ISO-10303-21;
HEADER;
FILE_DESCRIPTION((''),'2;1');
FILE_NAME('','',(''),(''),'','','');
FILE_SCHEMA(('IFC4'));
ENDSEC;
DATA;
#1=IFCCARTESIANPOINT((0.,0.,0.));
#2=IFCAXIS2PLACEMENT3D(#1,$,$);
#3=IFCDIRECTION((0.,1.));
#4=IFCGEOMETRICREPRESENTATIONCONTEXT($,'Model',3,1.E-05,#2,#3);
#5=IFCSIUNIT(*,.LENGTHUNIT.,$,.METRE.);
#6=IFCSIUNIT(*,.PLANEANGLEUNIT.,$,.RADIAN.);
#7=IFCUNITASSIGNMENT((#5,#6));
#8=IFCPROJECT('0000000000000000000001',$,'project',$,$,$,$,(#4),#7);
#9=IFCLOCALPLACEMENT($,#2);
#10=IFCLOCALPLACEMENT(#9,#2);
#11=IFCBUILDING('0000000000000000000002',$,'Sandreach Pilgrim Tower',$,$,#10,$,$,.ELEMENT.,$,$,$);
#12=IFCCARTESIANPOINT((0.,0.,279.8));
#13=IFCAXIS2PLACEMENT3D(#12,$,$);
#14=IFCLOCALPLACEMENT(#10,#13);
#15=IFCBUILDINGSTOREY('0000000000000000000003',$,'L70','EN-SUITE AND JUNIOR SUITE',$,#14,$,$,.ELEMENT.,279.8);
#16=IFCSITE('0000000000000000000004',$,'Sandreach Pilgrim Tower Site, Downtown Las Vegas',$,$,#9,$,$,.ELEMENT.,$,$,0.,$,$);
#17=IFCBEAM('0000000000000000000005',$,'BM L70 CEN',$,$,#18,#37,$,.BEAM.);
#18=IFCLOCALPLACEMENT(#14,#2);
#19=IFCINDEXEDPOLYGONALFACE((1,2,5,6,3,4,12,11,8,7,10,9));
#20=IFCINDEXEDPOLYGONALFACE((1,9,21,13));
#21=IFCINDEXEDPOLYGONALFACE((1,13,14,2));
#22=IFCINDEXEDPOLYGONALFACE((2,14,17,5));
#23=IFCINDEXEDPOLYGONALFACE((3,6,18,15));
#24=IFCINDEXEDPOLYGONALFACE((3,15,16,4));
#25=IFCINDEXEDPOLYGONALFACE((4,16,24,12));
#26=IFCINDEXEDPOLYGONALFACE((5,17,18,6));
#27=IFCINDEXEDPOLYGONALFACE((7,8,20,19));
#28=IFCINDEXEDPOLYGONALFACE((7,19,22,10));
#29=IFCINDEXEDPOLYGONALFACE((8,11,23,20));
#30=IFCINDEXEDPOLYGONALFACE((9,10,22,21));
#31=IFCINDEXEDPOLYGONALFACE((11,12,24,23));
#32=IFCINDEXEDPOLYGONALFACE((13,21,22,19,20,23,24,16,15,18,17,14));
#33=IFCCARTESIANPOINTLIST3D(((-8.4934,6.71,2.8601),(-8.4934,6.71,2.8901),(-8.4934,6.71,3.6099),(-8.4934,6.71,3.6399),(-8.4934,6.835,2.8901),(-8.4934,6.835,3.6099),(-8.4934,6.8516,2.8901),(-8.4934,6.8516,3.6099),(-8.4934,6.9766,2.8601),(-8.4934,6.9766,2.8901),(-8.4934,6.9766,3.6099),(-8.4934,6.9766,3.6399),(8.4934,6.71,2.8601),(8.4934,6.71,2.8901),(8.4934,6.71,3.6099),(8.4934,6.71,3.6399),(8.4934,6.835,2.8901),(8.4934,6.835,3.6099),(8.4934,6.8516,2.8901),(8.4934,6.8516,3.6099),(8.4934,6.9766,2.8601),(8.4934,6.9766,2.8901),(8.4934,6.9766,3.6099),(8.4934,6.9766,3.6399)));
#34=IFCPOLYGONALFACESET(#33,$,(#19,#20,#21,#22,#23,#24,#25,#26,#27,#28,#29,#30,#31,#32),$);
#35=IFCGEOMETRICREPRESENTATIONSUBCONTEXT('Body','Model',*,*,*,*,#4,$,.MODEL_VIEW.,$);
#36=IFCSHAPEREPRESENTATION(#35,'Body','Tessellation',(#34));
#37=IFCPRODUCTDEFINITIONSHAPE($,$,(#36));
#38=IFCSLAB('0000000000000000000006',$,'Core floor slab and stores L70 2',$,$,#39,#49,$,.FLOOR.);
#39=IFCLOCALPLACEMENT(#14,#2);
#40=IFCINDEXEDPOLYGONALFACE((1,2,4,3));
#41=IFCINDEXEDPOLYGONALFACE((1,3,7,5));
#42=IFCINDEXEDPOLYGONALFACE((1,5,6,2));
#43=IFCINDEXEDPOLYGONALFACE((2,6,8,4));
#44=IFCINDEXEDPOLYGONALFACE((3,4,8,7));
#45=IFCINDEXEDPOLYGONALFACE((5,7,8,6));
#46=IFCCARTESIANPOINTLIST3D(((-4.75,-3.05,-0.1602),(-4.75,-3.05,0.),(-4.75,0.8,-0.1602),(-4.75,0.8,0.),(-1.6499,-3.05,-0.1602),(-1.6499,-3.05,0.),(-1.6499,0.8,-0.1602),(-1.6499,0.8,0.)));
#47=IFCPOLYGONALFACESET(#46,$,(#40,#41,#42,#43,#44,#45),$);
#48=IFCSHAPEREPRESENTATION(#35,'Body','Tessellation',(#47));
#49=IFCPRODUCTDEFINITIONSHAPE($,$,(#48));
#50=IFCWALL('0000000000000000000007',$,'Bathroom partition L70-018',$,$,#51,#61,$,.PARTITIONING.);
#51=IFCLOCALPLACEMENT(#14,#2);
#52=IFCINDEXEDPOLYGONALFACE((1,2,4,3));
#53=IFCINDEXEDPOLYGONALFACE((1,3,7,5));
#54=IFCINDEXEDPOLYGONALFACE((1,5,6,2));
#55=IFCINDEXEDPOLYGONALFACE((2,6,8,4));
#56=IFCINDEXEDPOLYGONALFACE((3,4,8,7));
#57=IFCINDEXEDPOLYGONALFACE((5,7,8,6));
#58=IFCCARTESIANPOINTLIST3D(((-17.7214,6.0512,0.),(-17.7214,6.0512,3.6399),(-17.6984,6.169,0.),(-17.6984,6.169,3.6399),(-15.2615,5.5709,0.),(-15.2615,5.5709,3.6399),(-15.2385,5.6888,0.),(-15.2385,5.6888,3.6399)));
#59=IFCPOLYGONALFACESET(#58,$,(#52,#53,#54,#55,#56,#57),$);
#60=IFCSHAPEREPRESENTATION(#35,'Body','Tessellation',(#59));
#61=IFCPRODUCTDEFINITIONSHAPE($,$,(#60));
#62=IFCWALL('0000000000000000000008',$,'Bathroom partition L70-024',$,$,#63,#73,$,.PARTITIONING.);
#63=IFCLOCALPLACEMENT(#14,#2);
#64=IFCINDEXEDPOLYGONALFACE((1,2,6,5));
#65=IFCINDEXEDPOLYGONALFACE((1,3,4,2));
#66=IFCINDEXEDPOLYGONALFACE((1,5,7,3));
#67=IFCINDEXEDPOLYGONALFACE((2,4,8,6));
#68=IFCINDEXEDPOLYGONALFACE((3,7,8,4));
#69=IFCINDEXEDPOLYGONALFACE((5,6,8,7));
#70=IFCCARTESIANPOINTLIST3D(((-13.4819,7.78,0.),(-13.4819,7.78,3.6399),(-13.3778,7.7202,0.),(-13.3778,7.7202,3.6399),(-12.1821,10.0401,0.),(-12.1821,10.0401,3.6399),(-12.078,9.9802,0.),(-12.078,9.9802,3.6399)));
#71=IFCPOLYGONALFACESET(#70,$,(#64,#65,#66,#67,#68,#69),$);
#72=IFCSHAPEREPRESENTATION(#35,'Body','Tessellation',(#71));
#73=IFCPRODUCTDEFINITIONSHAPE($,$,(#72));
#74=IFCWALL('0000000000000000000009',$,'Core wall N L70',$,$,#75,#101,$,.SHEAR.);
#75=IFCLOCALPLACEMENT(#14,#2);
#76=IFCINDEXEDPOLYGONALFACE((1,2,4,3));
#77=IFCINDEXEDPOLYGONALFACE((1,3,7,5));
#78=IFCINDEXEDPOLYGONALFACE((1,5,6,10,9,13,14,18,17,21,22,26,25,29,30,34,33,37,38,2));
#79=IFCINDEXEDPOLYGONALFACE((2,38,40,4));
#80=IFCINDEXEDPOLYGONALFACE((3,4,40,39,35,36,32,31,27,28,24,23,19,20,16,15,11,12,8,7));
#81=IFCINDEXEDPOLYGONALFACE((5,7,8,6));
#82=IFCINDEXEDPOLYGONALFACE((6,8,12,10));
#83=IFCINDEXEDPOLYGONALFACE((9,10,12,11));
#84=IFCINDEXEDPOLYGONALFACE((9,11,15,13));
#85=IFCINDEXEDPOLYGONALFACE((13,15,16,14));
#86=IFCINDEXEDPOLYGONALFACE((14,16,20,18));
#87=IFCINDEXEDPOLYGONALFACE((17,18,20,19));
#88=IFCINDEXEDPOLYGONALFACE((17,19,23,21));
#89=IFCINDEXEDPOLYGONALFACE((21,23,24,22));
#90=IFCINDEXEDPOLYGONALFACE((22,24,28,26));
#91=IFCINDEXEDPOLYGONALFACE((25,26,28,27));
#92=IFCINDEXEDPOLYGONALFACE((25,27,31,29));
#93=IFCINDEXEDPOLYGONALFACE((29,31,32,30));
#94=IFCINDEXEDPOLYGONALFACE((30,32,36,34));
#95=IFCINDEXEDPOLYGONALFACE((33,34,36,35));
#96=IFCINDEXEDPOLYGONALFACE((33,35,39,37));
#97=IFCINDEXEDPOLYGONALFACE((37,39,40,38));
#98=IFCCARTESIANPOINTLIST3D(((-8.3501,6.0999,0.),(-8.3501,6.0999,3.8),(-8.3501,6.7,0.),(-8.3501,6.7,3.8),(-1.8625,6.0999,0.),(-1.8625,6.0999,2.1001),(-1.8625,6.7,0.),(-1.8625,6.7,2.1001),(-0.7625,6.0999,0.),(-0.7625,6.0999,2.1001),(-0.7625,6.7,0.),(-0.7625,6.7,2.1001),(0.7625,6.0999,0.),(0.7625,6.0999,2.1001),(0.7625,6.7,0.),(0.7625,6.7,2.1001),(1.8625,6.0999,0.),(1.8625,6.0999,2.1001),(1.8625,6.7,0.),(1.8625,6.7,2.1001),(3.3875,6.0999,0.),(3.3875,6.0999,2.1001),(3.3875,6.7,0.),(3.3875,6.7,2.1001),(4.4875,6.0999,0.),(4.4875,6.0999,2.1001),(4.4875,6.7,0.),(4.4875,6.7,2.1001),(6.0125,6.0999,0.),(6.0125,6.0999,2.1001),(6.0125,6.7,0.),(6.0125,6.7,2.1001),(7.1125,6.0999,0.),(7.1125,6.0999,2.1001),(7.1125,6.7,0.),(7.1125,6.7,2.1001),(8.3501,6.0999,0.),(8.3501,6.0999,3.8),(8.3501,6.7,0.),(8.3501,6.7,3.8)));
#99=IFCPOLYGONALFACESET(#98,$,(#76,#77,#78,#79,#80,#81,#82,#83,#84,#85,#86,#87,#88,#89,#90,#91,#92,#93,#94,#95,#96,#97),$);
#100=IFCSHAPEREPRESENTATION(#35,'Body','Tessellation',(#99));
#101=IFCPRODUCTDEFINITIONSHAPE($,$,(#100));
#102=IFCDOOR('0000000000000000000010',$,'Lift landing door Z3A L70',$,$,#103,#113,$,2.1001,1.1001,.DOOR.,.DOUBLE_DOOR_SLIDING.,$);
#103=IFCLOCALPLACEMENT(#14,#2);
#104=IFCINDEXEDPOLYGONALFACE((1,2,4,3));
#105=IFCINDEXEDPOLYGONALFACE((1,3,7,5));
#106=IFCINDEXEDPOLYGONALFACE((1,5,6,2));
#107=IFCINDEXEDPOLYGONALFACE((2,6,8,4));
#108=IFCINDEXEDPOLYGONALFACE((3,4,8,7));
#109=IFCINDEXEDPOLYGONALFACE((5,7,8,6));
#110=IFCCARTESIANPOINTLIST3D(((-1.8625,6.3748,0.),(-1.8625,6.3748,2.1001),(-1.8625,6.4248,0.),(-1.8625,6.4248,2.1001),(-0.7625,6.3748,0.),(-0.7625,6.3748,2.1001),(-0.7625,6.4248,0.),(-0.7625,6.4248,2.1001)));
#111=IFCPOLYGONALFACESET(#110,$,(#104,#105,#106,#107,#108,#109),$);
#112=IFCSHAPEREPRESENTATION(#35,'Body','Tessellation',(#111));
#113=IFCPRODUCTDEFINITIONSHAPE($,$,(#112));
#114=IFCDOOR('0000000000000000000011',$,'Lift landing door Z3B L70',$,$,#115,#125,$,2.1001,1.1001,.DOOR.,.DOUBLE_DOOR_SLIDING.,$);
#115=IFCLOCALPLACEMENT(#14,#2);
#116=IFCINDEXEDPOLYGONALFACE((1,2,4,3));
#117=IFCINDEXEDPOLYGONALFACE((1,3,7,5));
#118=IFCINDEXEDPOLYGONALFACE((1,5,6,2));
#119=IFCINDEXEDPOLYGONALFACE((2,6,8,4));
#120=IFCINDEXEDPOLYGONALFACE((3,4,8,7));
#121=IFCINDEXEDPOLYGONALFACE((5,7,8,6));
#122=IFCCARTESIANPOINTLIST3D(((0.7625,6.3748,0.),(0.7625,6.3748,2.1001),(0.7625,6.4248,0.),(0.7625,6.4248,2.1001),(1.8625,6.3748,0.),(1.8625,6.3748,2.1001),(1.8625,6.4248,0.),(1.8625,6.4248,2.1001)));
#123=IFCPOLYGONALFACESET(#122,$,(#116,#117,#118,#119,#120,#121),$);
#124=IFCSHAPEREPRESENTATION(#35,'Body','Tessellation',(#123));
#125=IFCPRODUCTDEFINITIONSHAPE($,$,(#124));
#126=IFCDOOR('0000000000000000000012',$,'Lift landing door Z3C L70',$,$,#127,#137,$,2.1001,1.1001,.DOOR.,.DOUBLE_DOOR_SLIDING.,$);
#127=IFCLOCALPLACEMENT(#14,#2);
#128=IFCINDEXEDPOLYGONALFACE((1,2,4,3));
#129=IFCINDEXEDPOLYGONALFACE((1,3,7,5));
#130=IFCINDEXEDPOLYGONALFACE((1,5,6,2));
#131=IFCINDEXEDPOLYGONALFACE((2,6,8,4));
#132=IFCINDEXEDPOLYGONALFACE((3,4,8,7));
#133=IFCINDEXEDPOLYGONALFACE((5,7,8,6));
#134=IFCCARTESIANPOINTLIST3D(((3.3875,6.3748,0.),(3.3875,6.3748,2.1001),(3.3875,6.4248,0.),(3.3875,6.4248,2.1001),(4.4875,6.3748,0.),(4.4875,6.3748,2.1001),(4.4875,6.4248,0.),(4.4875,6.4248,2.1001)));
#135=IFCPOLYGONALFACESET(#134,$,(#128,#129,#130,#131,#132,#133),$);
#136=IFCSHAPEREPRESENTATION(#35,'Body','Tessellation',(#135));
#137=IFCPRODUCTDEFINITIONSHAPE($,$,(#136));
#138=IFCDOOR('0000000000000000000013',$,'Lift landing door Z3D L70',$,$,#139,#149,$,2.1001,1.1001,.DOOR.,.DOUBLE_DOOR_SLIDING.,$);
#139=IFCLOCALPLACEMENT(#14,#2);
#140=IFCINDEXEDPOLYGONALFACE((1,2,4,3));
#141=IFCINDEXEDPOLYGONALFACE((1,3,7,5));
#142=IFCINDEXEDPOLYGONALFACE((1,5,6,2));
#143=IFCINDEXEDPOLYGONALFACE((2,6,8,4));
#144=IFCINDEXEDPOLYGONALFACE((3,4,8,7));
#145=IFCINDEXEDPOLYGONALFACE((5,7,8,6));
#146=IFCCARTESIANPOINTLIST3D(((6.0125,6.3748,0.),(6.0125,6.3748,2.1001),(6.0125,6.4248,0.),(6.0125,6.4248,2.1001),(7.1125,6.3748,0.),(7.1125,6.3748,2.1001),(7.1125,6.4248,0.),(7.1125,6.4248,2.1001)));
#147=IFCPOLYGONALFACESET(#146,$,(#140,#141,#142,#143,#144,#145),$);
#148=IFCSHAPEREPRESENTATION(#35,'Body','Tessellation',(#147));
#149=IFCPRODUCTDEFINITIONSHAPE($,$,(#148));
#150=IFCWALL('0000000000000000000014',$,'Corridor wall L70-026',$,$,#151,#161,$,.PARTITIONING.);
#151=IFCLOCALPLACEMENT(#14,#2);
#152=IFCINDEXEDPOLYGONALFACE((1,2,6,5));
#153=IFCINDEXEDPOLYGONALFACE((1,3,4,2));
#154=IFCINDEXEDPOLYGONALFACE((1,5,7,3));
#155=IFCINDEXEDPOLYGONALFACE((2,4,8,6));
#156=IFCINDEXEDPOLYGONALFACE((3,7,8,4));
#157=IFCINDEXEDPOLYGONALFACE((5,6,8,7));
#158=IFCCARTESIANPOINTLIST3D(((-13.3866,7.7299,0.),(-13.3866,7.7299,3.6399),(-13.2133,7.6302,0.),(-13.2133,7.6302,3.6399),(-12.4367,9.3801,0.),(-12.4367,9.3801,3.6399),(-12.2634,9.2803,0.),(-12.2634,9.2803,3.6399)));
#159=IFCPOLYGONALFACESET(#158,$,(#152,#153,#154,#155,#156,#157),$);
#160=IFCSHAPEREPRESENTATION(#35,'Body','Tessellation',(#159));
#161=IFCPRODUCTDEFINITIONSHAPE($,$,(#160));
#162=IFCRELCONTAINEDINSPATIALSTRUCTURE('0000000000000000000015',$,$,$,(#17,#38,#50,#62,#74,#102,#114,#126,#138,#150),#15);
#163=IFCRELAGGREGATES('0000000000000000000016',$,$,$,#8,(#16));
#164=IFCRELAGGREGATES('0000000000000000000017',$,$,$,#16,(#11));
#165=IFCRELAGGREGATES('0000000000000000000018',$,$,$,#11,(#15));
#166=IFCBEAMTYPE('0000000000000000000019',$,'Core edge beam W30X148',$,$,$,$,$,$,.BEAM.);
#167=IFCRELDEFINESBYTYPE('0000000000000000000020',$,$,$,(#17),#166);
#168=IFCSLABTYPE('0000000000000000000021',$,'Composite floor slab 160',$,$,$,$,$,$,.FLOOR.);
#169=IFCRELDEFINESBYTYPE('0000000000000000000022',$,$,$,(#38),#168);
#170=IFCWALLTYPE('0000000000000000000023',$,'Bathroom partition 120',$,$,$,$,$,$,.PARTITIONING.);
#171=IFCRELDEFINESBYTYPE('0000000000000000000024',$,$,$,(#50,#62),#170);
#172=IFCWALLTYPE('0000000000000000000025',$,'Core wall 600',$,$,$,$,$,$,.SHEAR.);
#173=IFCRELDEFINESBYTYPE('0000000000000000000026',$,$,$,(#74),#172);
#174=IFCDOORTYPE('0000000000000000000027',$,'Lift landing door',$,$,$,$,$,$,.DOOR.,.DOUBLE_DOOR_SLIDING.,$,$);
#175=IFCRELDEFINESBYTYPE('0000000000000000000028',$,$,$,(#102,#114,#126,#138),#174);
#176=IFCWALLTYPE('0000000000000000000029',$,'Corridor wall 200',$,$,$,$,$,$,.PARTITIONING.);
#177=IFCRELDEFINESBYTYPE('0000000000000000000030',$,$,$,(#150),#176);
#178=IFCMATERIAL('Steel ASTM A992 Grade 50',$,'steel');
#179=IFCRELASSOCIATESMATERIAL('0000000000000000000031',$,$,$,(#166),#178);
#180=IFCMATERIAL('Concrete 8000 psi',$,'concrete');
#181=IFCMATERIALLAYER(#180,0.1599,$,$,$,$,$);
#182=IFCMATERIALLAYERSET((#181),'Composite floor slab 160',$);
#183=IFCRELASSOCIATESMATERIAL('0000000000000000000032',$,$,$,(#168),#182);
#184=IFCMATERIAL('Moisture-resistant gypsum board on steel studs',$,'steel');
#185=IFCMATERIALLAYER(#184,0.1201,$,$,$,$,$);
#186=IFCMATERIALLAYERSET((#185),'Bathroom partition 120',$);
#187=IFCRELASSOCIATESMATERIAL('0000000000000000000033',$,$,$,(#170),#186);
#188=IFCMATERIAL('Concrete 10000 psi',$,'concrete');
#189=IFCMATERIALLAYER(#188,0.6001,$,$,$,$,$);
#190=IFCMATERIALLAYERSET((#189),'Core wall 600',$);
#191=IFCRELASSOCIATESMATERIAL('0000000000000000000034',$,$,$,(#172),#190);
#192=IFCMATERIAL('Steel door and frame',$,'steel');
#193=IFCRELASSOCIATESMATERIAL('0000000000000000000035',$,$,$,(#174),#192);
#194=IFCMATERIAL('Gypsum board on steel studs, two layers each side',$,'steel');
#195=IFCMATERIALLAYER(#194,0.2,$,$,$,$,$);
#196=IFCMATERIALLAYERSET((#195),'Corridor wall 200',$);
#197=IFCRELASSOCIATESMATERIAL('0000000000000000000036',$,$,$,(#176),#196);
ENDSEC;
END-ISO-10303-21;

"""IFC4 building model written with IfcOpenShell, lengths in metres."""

from ifc_helpers import new_model, si_unit, direction, frame, frame_2d, origin, origin_2d, place, context, subcontext, project, spatial, polyline, rectangle, i_section, outline, extrude, material, layer, layer_set, material_profile, profile_set, type_object, element, fill, save


model = new_model("IFC4")

# Units and contexts
model_context = context("Model", 3, precision=1e-05, world=origin(), true_north=direction((0.0, 1.0)))
body_context = subcontext(model_context, "Body", "Model", "MODEL_VIEW")
ifc_project = project(units=[si_unit("LENGTHUNIT", "METRE"), si_unit("PLANEANGLEUNIT", "RADIAN")], contexts=[model_context])

# Site, building, storey
site_placement = place(None, origin())
site = spatial("IfcSite", under=ifc_project, at=site_placement, Name="Sandreach Pilgrim Tower Site, Downtown Las Vegas", CompositionType="ELEMENT", RefElevation=0.0)
building_placement = place(site_placement, origin())
building = spatial("IfcBuilding", under=site, at=building_placement, Name="Sandreach Pilgrim Tower", CompositionType="ELEMENT")
storey_placement = place(building_placement, frame((0.0, 0.0, 279.8)))
storey = spatial("IfcBuildingStorey", under=building, at=storey_placement, Name="L70", Description="EN-SUITE AND JUNIOR SUITE", CompositionType="ELEMENT", Elevation=279.8)

# Beam
ifc_material_1 = material(Name="Steel ASTM A992 Grade 50", Category="steel")
ifc_material_profile = material_profile(ifc_material_1, i_section(OverallWidth=0.2666, OverallDepth=0.7798, WebThickness=0.0166, FlangeThickness=0.03, at=origin_2d()), Name="W30X148")
ifc_profile_set = profile_set([ifc_material_profile], Name="Steel ASTM A992 Grade 50")
beam_type = type_object("IfcBeamType", Name="Core edge beam W30X148", PredefinedType="BEAM", material=ifc_profile_set)
beam_placement = place(storey_placement, frame((-8.4934, 6.8433, 3.25), z_axis=(1.0, 0.0, 0.0), x_axis=(0.0, 1.0, 0.0)))
element("IfcBeam", 1, at=beam_placement, inside=storey, type_object=beam_type, Name="BM L70 CEN", PredefinedType="BEAM", context=body_context, shape_type="SweptSolid", body=[
    extrude(i_section(OverallWidth=0.2666, OverallDepth=0.7798, WebThickness=0.0166, FlangeThickness=0.03, at=origin_2d()), origin(), (0.0, 0.0, 1.0), 16.9868),
])

# Slab
ifc_material_2 = material(Name="Concrete 8000 psi", Category="concrete")
ifc_layer_1 = layer(ifc_material_2, 0.1599)
ifc_layer_set_1 = layer_set([ifc_layer_1], Name="Composite floor slab 160")
slab_type = type_object("IfcSlabType", Name="Composite floor slab 160", PredefinedType="FLOOR", material=ifc_layer_set_1)
slab_placement = place(storey_placement, frame((0.0, 0.0, -0.1602)))
element("IfcSlab", 2, at=slab_placement, inside=storey, type_object=slab_type, Name="Core floor slab and stores L70 2", PredefinedType="FLOOR", context=body_context, shape_type="SweptSolid", body=[
    extrude(outline(polyline([(-1.6499, -3.05), (-4.75, -3.05), (-4.75, 0.8), (-1.6499, 0.8), (-1.6499, -3.05)])), origin(), (0.0, 0.0, 1.0), 0.1602),
])

# Walls
ifc_material_3 = material(Name="Moisture-resistant gypsum board on steel studs", Category="steel")
ifc_layer_2 = layer(ifc_material_3, 0.1201)
ifc_layer_set_2 = layer_set([ifc_layer_2], Name="Bathroom partition 120")
wall_type_1 = type_object("IfcWallType", Name="Bathroom partition 120", PredefinedType="PARTITIONING", material=ifc_layer_set_2)
wall_1_placement = place(storey_placement, frame((-15.25, 5.6299, 0.0), z_axis=(0.0, 0.0, 1.0), x_axis=(-0.981473, 0.1916, 0.0)))
element("IfcWall", 3, at=wall_1_placement, inside=storey, type_object=wall_type_1, Name="Bathroom partition L70-018", PredefinedType="PARTITIONING", context=body_context, shape_type="SweptSolid", body=[
    extrude(rectangle(XDim=2.5063, YDim=0.1201, at=frame_2d((1.2532, 0.0))), origin(), (0.0, 0.0, 1.0), 3.6399),
])
wall_2_placement = place(storey_placement, frame((-13.4299, 7.75, 0.0), z_axis=(0.0, 0.0, 1.0), x_axis=(0.498557, 0.866857, 0.0)))
element("IfcWall", 4, at=wall_2_placement, inside=storey, type_object=wall_type_1, Name="Bathroom partition L70-024", PredefinedType="PARTITIONING", context=body_context, shape_type="SweptSolid", body=[
    extrude(rectangle(XDim=2.6072, YDim=0.1201, at=frame_2d((1.3037, 0.0))), origin(), (0.0, 0.0, 1.0), 3.6399),
])

# Wall, openings, doors
ifc_material_4 = material(Name="Concrete 10000 psi", Category="concrete")
ifc_layer_3 = layer(ifc_material_4, 0.6001)
ifc_layer_set_3 = layer_set([ifc_layer_3], Name="Core wall 600")
wall_type_2 = type_object("IfcWallType", Name="Core wall 600", PredefinedType="SHEAR", material=ifc_layer_set_3)
wall_3_placement = place(storey_placement, frame((-8.3501, 6.3999, 0.0), z_axis=(0.0, 0.0, 1.0), x_axis=(1.0, 0.0, 0.0)))
wall_3 = element("IfcWall", 5, at=wall_3_placement, inside=storey, type_object=wall_type_2, Name="Core wall N L70", PredefinedType="SHEAR", context=body_context, shape_type="SweptSolid", body=[
    extrude(rectangle(XDim=16.7002, YDim=0.6001, at=frame_2d((8.3501, 0.0))), origin(), (0.0, 0.0, 1.0), 3.8),
])
opening_1_placement = place(wall_3_placement, frame((6.4875, 0.0, 0.0)))
opening_1 = element("IfcOpeningElement", 6, at=opening_1_placement, cuts=wall_3, PredefinedType="OPENING", context=body_context, shape_type="SweptSolid", body=[
    extrude(rectangle(XDim=1.1001, YDim=2.1001, at=frame_2d((0.55, 1.05))), frame((0.0, 0.3, 0.0), z_axis=(0.0, -1.0, 0.0), x_axis=(1.0, 0.0, 0.0)), (0.0, 0.0, 1.0), 0.6001),
])
opening_2_placement = place(wall_3_placement, frame((9.1125, 0.0, 0.0)))
opening_2 = element("IfcOpeningElement", 7, at=opening_2_placement, cuts=wall_3, PredefinedType="OPENING", context=body_context, shape_type="SweptSolid", body=[
    extrude(rectangle(XDim=1.1001, YDim=2.1001, at=frame_2d((0.55, 1.05))), frame((0.0, 0.3, 0.0), z_axis=(0.0, -1.0, 0.0), x_axis=(1.0, 0.0, 0.0)), (0.0, 0.0, 1.0), 0.6001),
])
opening_3_placement = place(wall_3_placement, frame((11.7375, 0.0, 0.0)))
opening_3 = element("IfcOpeningElement", 8, at=opening_3_placement, cuts=wall_3, PredefinedType="OPENING", context=body_context, shape_type="SweptSolid", body=[
    extrude(rectangle(XDim=1.1001, YDim=2.1001, at=frame_2d((0.55, 1.05))), frame((0.0, 0.3, 0.0), z_axis=(0.0, -1.0, 0.0), x_axis=(1.0, 0.0, 0.0)), (0.0, 0.0, 1.0), 0.6001),
])
opening_4_placement = place(wall_3_placement, frame((14.3625, 0.0, 0.0)))
opening_4 = element("IfcOpeningElement", 9, at=opening_4_placement, cuts=wall_3, PredefinedType="OPENING", context=body_context, shape_type="SweptSolid", body=[
    extrude(rectangle(XDim=1.1001, YDim=2.1001, at=frame_2d((0.55, 1.05))), frame((0.0, 0.3, 0.0), z_axis=(0.0, -1.0, 0.0), x_axis=(1.0, 0.0, 0.0)), (0.0, 0.0, 1.0), 0.6001),
])
ifc_material_5 = material(Name="Steel door and frame", Category="steel")
door_type_1 = type_object("IfcDoorType", Name="Lift landing door", OperationType="DOUBLE_DOOR_SLIDING", PredefinedType="DOOR", material=ifc_material_5)
door_1_placement = place(opening_1_placement, origin())
door_1 = element("IfcDoor", 10, at=door_1_placement, inside=storey, type_object=door_type_1, Name="Lift landing door Z3A L70", OperationType="DOUBLE_DOOR_SLIDING", OverallHeight=2.1001, OverallWidth=1.1001, PredefinedType="DOOR", context=body_context, shape_type="SweptSolid", body=[
    extrude(rectangle(XDim=1.1001, YDim=2.1001, at=frame_2d((0.55, 1.05))), frame((0.0, 0.0249, 0.0), z_axis=(0.0, -1.0, 0.0), x_axis=(1.0, 0.0, 0.0)), (0.0, 0.0, 1.0), 0.05),
])
fill(opening_1, door_1)
door_2_placement = place(opening_2_placement, origin())
door_2 = element("IfcDoor", 11, at=door_2_placement, inside=storey, type_object=door_type_1, Name="Lift landing door Z3B L70", OperationType="DOUBLE_DOOR_SLIDING", OverallHeight=2.1001, OverallWidth=1.1001, PredefinedType="DOOR", context=body_context, shape_type="SweptSolid", body=[
    extrude(rectangle(XDim=1.1001, YDim=2.1001, at=frame_2d((0.55, 1.05))), frame((0.0, 0.0249, 0.0), z_axis=(0.0, -1.0, 0.0), x_axis=(1.0, 0.0, 0.0)), (0.0, 0.0, 1.0), 0.05),
])
fill(opening_2, door_2)
door_3_placement = place(opening_3_placement, origin())
door_3 = element("IfcDoor", 12, at=door_3_placement, inside=storey, type_object=door_type_1, Name="Lift landing door Z3C L70", OperationType="DOUBLE_DOOR_SLIDING", OverallHeight=2.1001, OverallWidth=1.1001, PredefinedType="DOOR", context=body_context, shape_type="SweptSolid", body=[
    extrude(rectangle(XDim=1.1001, YDim=2.1001, at=frame_2d((0.55, 1.05))), frame((0.0, 0.0249, 0.0), z_axis=(0.0, -1.0, 0.0), x_axis=(1.0, 0.0, 0.0)), (0.0, 0.0, 1.0), 0.05),
])
fill(opening_3, door_3)
door_4_placement = place(opening_4_placement, origin())
door_4 = element("IfcDoor", 13, at=door_4_placement, inside=storey, type_object=door_type_1, Name="Lift landing door Z3D L70", OperationType="DOUBLE_DOOR_SLIDING", OverallHeight=2.1001, OverallWidth=1.1001, PredefinedType="DOOR", context=body_context, shape_type="SweptSolid", body=[
    extrude(rectangle(XDim=1.1001, YDim=2.1001, at=frame_2d((0.55, 1.05))), frame((0.0, 0.0249, 0.0), z_axis=(0.0, -1.0, 0.0), x_axis=(1.0, 0.0, 0.0)), (0.0, 0.0, 1.0), 0.05),
])
fill(opening_4, door_4)

# Shared definitions
ifc_material_6 = material(Name="Gypsum board on steel studs, two layers each side", Category="steel")
ifc_layer_4 = layer(ifc_material_6, 0.2)
ifc_layer_set_4 = layer_set([ifc_layer_4], Name="Corridor wall 200")
wall_type_3 = type_object("IfcWallType", Name="Corridor wall 200", PredefinedType="PARTITIONING", material=ifc_layer_set_4)

# Wall
wall_4_placement = place(storey_placement, frame((-13.3, 7.6799, 0.0), z_axis=(0.0, 0.0, 1.0), x_axis=(0.498912, 0.866653, 0.0)))
element("IfcWall", 14, at=wall_4_placement, inside=storey, type_object=wall_type_3, Name="Corridor wall L70-026", PredefinedType="PARTITIONING", context=body_context, shape_type="SweptSolid", body=[
    extrude(rectangle(XDim=1.9041, YDim=0.2, at=frame_2d((0.9521, 0.0))), origin(), (0.0, 0.0, 1.0), 3.6399),
])

save(model, "model.ifc")
